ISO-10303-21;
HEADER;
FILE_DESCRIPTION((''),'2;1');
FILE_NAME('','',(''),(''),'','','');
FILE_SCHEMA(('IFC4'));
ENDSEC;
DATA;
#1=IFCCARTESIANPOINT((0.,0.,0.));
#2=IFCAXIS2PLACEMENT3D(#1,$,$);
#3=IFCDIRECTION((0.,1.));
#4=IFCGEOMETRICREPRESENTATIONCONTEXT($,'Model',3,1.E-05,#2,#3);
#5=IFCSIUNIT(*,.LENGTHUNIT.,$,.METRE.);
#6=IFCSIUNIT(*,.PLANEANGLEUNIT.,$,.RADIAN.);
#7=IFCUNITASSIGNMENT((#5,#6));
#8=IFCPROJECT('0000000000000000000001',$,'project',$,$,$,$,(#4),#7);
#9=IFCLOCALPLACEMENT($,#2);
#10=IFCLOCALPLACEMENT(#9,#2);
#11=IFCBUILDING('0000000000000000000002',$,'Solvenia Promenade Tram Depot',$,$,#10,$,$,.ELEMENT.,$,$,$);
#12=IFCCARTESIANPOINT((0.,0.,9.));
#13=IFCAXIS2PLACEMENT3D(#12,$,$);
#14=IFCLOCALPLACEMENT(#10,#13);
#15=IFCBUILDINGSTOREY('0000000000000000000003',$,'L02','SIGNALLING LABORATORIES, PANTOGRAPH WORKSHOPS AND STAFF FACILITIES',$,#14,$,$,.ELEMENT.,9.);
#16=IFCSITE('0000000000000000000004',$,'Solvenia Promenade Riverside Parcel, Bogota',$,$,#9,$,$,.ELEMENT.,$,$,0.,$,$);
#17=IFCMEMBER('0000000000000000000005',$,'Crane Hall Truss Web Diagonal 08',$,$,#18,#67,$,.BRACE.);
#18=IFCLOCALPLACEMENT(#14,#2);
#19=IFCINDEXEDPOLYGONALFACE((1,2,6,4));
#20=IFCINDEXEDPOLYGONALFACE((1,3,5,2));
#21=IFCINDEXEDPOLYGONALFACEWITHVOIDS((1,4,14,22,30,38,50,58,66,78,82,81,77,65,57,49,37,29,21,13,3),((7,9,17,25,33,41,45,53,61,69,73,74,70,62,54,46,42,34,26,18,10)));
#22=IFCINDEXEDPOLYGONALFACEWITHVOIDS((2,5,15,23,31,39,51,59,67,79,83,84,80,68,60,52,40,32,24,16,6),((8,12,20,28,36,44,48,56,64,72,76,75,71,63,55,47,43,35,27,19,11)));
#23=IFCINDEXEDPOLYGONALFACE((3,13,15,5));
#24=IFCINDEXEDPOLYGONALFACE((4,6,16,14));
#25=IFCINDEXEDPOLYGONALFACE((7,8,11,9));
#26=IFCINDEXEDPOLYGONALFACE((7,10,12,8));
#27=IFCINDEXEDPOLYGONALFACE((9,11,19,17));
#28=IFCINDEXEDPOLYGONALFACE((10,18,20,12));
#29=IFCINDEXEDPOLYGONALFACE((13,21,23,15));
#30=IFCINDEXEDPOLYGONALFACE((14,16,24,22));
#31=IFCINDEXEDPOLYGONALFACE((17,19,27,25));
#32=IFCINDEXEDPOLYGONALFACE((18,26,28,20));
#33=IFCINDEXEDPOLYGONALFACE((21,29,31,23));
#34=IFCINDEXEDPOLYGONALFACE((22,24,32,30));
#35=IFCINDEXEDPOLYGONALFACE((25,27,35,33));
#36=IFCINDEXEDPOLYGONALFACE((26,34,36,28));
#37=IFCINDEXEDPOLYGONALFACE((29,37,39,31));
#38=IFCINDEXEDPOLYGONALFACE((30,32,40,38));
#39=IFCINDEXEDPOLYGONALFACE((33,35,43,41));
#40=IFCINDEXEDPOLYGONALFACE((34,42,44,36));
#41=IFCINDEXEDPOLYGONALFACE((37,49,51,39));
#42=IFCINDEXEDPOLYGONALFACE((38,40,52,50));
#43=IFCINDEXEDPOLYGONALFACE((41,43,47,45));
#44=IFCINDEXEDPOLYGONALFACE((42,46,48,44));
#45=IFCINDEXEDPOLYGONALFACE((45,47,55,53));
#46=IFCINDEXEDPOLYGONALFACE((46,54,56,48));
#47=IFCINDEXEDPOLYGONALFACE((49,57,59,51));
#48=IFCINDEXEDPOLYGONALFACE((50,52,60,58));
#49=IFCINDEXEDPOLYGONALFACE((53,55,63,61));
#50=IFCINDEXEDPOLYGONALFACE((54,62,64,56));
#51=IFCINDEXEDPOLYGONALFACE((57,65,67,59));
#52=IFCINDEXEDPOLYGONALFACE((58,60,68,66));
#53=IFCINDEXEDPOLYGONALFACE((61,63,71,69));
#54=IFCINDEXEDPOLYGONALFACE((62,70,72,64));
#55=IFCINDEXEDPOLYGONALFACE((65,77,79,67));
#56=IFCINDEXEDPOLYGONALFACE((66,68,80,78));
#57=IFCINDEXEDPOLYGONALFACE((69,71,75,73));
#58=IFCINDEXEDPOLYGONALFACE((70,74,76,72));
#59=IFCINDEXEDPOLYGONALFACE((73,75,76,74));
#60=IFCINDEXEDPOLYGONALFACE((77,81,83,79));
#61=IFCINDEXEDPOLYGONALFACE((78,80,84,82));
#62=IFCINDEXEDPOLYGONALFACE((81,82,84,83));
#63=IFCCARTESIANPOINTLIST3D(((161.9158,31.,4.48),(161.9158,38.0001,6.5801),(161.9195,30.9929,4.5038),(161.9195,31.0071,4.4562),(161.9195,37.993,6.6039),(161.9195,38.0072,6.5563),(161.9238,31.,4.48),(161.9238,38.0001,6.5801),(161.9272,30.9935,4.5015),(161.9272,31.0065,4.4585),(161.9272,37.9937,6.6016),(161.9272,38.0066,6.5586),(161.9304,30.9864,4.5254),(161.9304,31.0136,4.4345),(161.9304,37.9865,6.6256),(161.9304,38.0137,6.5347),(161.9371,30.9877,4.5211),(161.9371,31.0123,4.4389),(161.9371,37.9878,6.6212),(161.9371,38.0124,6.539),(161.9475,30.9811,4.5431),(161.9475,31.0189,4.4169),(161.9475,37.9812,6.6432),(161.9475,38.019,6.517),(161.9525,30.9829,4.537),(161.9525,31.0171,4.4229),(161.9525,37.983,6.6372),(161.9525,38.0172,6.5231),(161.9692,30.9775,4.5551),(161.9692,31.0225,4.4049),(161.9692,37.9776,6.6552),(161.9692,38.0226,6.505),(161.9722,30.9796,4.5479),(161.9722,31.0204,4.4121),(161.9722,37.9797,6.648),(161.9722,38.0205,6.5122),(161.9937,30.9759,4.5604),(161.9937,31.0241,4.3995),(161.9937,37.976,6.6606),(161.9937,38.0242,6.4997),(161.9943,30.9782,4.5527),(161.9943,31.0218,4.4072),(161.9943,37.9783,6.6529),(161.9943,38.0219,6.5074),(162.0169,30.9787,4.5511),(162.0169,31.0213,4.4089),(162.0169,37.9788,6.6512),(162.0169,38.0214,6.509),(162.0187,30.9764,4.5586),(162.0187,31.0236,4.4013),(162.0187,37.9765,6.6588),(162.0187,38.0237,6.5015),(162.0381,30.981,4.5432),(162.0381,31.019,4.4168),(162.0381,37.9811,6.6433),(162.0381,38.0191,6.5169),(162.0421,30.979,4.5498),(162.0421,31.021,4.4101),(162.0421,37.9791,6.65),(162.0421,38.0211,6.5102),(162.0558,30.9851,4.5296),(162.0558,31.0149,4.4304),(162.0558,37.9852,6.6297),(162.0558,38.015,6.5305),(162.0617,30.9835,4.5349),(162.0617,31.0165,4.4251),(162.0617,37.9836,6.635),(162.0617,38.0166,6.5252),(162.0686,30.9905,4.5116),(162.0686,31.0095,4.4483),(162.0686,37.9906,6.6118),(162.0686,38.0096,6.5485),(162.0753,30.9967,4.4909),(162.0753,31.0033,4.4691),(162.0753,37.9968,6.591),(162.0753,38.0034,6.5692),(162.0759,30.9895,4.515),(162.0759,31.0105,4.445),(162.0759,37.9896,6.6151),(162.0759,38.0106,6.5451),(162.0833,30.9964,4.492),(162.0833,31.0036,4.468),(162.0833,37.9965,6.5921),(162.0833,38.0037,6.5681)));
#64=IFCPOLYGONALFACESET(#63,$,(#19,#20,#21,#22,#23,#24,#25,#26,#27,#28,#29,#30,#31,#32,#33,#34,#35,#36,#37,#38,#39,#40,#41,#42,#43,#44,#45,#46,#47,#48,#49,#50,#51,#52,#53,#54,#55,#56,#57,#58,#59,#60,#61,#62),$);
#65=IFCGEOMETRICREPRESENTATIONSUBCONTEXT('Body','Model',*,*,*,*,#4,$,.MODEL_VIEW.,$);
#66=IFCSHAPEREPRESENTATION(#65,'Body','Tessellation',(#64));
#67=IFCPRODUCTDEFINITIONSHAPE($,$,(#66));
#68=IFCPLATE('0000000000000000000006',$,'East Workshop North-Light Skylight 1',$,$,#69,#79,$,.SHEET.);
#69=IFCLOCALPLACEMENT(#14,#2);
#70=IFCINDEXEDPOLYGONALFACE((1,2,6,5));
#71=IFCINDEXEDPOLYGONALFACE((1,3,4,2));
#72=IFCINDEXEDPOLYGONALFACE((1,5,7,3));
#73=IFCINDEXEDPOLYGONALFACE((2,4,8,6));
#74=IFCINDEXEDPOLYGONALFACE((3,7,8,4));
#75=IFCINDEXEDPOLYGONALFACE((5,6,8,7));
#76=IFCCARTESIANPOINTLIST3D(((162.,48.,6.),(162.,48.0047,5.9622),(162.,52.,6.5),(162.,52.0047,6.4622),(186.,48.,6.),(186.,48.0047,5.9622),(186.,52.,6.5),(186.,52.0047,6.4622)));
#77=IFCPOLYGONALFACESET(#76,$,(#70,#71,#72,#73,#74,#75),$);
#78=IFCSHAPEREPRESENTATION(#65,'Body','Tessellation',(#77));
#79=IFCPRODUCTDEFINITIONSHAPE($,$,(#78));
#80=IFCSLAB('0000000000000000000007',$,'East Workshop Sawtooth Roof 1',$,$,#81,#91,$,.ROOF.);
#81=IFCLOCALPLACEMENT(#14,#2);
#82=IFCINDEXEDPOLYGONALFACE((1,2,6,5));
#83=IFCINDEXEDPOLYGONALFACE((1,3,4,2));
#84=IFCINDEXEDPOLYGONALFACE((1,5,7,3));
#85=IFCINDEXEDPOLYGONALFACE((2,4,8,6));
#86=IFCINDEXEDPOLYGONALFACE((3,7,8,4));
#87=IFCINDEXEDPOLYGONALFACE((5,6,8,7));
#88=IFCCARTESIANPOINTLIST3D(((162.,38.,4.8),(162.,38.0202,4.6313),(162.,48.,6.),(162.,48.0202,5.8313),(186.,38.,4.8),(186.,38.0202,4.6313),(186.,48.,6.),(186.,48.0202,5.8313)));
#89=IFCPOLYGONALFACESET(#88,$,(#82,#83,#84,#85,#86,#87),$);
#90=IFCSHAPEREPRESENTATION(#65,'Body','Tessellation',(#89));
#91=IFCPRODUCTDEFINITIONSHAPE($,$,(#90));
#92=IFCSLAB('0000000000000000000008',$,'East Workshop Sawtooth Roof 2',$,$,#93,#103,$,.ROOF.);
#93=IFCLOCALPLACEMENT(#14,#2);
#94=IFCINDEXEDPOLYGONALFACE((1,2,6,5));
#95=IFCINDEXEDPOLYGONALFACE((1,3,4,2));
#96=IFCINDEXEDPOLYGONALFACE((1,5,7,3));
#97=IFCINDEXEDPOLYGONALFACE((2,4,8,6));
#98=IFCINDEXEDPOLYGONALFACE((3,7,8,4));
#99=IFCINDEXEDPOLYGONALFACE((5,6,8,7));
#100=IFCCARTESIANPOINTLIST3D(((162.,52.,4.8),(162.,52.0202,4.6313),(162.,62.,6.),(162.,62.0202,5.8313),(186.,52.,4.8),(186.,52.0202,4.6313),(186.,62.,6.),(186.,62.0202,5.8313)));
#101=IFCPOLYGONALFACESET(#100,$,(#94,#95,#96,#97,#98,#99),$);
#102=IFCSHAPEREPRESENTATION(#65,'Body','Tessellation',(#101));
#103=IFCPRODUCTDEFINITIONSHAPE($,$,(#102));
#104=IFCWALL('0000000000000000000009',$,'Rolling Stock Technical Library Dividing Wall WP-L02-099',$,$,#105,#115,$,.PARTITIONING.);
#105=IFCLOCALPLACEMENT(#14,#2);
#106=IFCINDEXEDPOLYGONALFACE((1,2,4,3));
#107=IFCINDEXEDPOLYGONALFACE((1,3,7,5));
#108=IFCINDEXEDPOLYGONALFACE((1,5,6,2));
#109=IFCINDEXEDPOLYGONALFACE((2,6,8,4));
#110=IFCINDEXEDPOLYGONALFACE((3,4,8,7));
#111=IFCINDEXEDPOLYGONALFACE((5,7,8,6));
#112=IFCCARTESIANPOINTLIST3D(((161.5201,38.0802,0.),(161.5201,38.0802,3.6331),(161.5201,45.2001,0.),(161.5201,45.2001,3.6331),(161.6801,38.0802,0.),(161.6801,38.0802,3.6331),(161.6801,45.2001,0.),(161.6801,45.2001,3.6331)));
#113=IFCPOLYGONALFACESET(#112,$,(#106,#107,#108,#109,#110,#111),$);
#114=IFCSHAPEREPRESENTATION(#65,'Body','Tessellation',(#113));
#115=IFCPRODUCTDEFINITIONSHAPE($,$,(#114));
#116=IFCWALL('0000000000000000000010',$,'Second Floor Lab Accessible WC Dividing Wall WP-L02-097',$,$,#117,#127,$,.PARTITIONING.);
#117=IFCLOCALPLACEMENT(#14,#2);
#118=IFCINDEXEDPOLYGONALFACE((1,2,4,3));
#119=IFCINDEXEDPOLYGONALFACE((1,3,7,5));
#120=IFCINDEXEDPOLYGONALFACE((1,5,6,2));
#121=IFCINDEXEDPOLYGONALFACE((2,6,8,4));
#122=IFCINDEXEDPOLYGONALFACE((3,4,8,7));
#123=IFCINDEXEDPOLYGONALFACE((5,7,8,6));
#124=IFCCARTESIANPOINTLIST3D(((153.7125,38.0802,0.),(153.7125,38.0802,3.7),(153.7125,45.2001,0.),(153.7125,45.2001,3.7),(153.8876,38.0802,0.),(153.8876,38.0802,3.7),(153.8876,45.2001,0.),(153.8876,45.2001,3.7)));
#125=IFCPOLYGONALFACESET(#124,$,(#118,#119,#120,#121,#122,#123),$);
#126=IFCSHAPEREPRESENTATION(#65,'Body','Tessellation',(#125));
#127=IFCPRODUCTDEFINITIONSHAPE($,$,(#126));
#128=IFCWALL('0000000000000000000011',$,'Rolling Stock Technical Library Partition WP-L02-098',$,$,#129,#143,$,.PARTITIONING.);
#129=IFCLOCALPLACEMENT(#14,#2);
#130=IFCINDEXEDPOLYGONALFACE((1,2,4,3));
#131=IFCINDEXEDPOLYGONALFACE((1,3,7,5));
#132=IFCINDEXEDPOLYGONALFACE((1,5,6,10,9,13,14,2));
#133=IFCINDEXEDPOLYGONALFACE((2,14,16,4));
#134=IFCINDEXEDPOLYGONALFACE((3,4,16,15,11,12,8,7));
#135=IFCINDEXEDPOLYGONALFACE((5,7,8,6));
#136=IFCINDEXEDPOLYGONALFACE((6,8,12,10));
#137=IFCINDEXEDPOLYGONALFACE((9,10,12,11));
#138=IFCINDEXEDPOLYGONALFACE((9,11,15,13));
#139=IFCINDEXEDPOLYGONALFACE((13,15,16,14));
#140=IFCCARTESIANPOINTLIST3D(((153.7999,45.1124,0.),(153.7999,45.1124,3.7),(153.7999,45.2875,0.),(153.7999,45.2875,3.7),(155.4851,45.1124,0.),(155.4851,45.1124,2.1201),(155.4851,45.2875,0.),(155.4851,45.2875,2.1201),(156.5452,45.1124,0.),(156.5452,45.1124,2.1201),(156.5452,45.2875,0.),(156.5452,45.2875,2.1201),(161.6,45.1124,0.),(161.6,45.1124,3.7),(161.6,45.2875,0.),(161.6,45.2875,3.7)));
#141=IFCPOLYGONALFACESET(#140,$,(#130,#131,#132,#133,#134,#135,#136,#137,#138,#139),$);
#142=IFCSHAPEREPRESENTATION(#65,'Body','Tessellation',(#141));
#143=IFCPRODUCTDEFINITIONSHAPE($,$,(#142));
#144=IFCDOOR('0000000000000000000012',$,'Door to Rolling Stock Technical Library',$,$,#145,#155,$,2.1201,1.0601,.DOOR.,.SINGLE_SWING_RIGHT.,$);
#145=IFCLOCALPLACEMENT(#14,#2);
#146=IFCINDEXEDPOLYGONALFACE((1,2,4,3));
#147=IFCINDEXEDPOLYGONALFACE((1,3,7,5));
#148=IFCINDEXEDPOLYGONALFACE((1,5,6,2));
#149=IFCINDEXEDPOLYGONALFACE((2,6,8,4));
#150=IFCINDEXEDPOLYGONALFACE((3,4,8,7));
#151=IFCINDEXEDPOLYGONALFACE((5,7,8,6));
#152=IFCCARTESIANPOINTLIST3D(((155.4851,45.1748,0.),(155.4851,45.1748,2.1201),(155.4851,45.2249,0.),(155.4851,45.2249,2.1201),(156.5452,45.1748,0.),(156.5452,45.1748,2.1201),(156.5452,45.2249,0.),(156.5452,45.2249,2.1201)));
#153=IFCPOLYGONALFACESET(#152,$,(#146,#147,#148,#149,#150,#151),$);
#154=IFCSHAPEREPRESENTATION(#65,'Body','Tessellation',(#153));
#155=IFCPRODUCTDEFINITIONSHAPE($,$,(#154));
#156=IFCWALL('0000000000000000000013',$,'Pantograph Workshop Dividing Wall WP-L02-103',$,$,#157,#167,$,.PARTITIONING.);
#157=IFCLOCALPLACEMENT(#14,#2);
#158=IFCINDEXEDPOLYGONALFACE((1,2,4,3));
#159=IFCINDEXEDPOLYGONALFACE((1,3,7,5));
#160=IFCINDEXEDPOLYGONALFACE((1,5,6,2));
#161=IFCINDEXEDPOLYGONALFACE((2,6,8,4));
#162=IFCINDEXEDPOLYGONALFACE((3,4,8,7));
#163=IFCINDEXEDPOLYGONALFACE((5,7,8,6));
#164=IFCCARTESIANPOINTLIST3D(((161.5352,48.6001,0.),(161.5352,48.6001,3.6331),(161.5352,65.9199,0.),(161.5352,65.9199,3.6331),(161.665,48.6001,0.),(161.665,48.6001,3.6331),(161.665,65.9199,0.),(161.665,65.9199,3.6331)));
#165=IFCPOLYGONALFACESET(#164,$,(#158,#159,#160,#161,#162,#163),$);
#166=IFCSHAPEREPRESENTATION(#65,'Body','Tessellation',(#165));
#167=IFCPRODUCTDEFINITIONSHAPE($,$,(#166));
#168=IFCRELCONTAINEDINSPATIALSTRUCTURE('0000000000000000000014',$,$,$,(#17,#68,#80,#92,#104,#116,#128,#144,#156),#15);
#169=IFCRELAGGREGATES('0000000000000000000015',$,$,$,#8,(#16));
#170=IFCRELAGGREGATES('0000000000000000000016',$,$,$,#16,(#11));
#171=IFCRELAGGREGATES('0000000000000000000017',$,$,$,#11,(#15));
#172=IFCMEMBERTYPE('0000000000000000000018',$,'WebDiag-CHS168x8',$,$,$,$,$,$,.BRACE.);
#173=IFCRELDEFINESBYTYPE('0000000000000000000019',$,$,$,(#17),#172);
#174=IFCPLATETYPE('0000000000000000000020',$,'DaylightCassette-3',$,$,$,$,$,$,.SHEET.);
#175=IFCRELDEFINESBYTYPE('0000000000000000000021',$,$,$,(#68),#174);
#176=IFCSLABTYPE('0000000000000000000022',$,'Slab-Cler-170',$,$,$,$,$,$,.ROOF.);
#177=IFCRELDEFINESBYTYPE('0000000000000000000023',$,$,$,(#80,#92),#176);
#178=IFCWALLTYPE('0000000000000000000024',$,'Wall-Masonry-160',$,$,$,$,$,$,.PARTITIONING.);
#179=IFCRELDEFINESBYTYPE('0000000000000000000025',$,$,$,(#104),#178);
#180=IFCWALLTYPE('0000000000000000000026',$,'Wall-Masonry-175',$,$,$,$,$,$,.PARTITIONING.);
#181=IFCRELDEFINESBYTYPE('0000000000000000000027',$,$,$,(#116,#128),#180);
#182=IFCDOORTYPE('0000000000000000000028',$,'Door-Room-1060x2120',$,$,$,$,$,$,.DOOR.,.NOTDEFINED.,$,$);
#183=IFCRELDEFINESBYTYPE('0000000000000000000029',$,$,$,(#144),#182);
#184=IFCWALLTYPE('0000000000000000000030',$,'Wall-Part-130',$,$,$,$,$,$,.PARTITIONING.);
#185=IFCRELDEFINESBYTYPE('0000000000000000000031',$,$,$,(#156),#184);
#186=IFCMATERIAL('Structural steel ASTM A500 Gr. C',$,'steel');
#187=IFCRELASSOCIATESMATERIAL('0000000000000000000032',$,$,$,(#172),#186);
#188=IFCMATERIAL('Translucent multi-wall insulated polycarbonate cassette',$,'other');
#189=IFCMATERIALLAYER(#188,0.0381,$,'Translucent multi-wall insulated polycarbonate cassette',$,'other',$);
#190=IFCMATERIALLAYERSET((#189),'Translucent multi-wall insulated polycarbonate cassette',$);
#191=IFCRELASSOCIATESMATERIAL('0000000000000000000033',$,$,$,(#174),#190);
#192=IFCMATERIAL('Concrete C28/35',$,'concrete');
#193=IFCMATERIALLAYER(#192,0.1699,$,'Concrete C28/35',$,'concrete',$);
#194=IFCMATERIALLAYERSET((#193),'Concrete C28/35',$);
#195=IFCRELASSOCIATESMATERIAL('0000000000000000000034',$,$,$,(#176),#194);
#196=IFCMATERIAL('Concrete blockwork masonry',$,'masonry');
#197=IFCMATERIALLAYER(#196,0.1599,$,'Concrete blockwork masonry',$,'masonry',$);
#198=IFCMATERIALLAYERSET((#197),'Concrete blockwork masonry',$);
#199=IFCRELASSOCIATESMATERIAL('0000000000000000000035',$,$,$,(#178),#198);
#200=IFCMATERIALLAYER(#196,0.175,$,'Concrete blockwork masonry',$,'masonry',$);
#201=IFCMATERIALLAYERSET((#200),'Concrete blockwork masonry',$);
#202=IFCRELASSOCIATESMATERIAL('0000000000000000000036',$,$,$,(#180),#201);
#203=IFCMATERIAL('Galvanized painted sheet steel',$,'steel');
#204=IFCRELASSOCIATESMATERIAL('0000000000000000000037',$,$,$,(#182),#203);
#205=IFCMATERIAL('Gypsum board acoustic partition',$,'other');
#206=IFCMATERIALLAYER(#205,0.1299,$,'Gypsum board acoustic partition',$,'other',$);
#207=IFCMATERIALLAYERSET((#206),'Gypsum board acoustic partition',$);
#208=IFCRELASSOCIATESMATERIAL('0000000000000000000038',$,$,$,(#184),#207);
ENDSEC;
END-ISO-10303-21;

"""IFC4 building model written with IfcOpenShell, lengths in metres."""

from ifc_helpers import new_model, si_unit, direction, frame, frame_2d, origin, origin_2d, place, context, subcontext, project, spatial, polyline, rectangle, hollow_circle, outline, extrude, material, layer, layer_set, material_profile, profile_set, type_object, element, fill, save


model = new_model("IFC4")

# Units and contexts
model_context = context("Model", 3, precision=1e-05, world=origin(), true_north=direction((0.0, 1.0)))
body_context = subcontext(model_context, "Body", "Model", "MODEL_VIEW")
ifc_project = project(units=[si_unit("LENGTHUNIT", "METRE"), si_unit("PLANEANGLEUNIT", "RADIAN")], contexts=[model_context])

# Site, building, storey
site_placement = place(None, origin())
site = spatial("IfcSite", under=ifc_project, at=site_placement, Name="Solvenia Promenade Riverside Parcel, Bogota", CompositionType="ELEMENT", RefElevation=0.0)
building_placement = place(site_placement, origin())
building = spatial("IfcBuilding", under=site, at=building_placement, Name="Solvenia Promenade Tram Depot", CompositionType="ELEMENT")
storey_placement = place(building_placement, frame((0.0, 0.0, 9.0)))
storey = spatial("IfcBuildingStorey", under=building, at=storey_placement, Name="L02", Description="SIGNALLING LABORATORIES, PANTOGRAPH WORKSHOPS AND STAFF FACILITIES", CompositionType="ELEMENT", Elevation=9.0)

# Shared definitions
ifc_material_1 = material(Name="Structural steel ASTM A500 Gr. C", Category="steel")

# Member
ifc_material_profile_1 = material_profile(ifc_material_1, hollow_circle(Radius=0.0842, WallThickness=0.0081, at=origin_2d()), Name="CHS168.3x8", Category="steel")
ifc_profile_set_1 = profile_set([ifc_material_profile_1], Name="Structural steel ASTM A500 Gr. C")
member_type_1 = type_object("IfcMemberType", Name="WebDiag-CHS168x8", PredefinedType="BRACE", material=ifc_profile_set_1)
member_1_placement = place(storey_placement, frame((162.0, 31.0, 4.48), z_axis=(0.0, 0.957823, 0.28736), x_axis=(-1.0, 0.0, 0.0)))
element("IfcMember", 1, at=member_1_placement, inside=storey, type_object=member_type_1, Name="Crane Hall Truss Web Diagonal 08", PredefinedType="BRACE", context=body_context, shape_type="SweptSolid", body=[
    extrude(hollow_circle(Radius=0.0842, WallThickness=0.0081, at=origin_2d()), origin(), (0.0, 0.0, 1.0), 7.3083),
])

# Plate
ifc_material_2 = material(Name="Translucent multi-wall insulated polycarbonate cassette", Category="other")
ifc_layer_1 = layer(ifc_material_2, 0.0381, Name="Translucent multi-wall insulated polycarbonate cassette", Category="other")
ifc_layer_set_1 = layer_set([ifc_layer_1], Name="Translucent multi-wall insulated polycarbonate cassette")
plate_type = type_object("IfcPlateType", Name="DaylightCassette-3", PredefinedType="SHEET", material=ifc_layer_set_1)
plate_placement = place(storey_placement, frame((162.0, 48.0, 6.0), z_axis=(0.0, -0.124035, 0.992278), x_axis=(1.0, 0.0, 0.0)))
element("IfcPlate", 2, at=plate_placement, inside=storey, type_object=plate_type, Name="East Workshop North-Light Skylight 1", PredefinedType="SHEET", context=body_context, shape_type="SweptSolid", body=[
    extrude(outline(polyline([(0.0, 0.0), (24.0, 0.0), (24.0, 4.0311), (0.0, 4.0311), (0.0, 0.0)])), origin(), (0.0, 0.0, -1.0), 0.0381),
])

# Slabs
ifc_material_3 = material(Name="Concrete C28/35", Category="concrete")
ifc_layer_2 = layer(ifc_material_3, 0.1699, Name="Concrete C28/35", Category="concrete")
ifc_layer_set_2 = layer_set([ifc_layer_2], Name="Concrete C28/35")
slab_type = type_object("IfcSlabType", Name="Slab-Cler-170", PredefinedType="ROOF", material=ifc_layer_set_2)
for number, where, z_axis, x_axis, name in (
    (3, (162.0, 38.0, 4.8), (0.0, -0.11914, 0.992877), (1.0, 0.0, 0.0), "East Workshop Sawtooth Roof 1"),
    (4, (162.0, 52.0, 4.8), (0.0, -0.11914, 0.992877), (1.0, 0.0, 0.0), "East Workshop Sawtooth Roof 2"),
):
    element("IfcSlab", number, at=place(storey_placement, frame(where, z_axis=z_axis, x_axis=x_axis)), inside=storey, type_object=slab_type, Name=name, PredefinedType="ROOF", context=body_context, shape_type="SweptSolid", body=[
        extrude(outline(polyline([(0.0, 0.0), (24.0, 0.0), (24.0, 10.0717), (0.0, 10.0717), (0.0, 0.0)])), origin(), (0.0, 0.0, -1.0), 0.1699),
    ])

# Walls
ifc_material_4 = material(Name="Concrete blockwork masonry", Category="masonry")
ifc_layer_3 = layer(ifc_material_4, 0.1599, Name="Concrete blockwork masonry", Category="masonry")
ifc_layer_set_3 = layer_set([ifc_layer_3], Name="Concrete blockwork masonry")
wall_type_1 = type_object("IfcWallType", Name="Wall-Masonry-160", PredefinedType="PARTITIONING", material=ifc_layer_set_3)
wall_1_placement = place(storey_placement, frame((161.6001, 38.0801, 0.0), z_axis=(0.0, 0.0, 1.0), x_axis=(0.0, 1.0, 0.0)))
element("IfcWall", 5, at=wall_1_placement, inside=storey, type_object=wall_type_1, Name="Rolling Stock Technical Library Dividing Wall WP-L02-099", PredefinedType="PARTITIONING", context=body_context, shape_type="SweptSolid", body=[
    extrude(rectangle(XDim=7.1199, YDim=0.1599, at=frame_2d((3.5601, 0.0))), origin(), (0.0, 0.0, 1.0), 3.6331),
])
ifc_layer_4 = layer(ifc_material_4, 0.175, Name="Concrete blockwork masonry", Category="masonry")
ifc_layer_set_4 = layer_set([ifc_layer_4], Name="Concrete blockwork masonry")
wall_type_2 = type_object("IfcWallType", Name="Wall-Masonry-175", PredefinedType="PARTITIONING", material=ifc_layer_set_4)
wall_2_placement = place(storey_placement, frame((153.8, 38.0801, 0.0), z_axis=(0.0, 0.0, 1.0), x_axis=(0.0, 1.0, 0.0)))
element("IfcWall", 6, at=wall_2_placement, inside=storey, type_object=wall_type_2, Name="Second Floor Lab Accessible WC Dividing Wall WP-L02-097", PredefinedType="PARTITIONING", context=body_context, shape_type="SweptSolid", body=[
    extrude(rectangle(XDim=7.1199, YDim=0.175, at=frame_2d((3.5601, 0.0))), origin(), (0.0, 0.0, 1.0), 3.7),
])

# Wall, opening, door
wall_3_placement = place(storey_placement, frame((153.8, 45.2, 0.0), z_axis=(0.0, 0.0, 1.0), x_axis=(1.0, 0.0, 0.0)))
wall_3 = element("IfcWall", 7, at=wall_3_placement, inside=storey, type_object=wall_type_2, Name="Rolling Stock Technical Library Partition WP-L02-098", PredefinedType="PARTITIONING", context=body_context, shape_type="SweptSolid", body=[
    extrude(rectangle(XDim=7.8, YDim=0.175, at=frame_2d((3.8999, 0.0))), origin(), (0.0, 0.0, 1.0), 3.7),
])
opening_placement = place(wall_3_placement, frame((1.6851, 0.0, 0.0)))
opening = element("IfcOpeningElement", 8, at=opening_placement, cuts=wall_3, PredefinedType="OPENING", context=body_context, shape_type="SweptSolid", body=[
    extrude(rectangle(XDim=1.0601, YDim=2.1201, at=frame_2d((0.53, 1.0601))), frame((0.0, 0.0974, 0.0), z_axis=(0.0, -1.0, 0.0), x_axis=(1.0, 0.0, 0.0)), (0.0, 0.0, 1.0), 0.1951),
])
ifc_material_5 = material(Name="Galvanized painted sheet steel", Category="steel")
door_type = type_object("IfcDoorType", Name="Door-Room-1060x2120", OperationType="NOTDEFINED", PredefinedType="DOOR", material=ifc_material_5)
door_placement = place(opening_placement, origin())
door = element("IfcDoor", 9, at=door_placement, inside=storey, type_object=door_type, Name="Door to Rolling Stock Technical Library", OperationType="SINGLE_SWING_RIGHT", OverallHeight=2.1201, OverallWidth=1.0601, PredefinedType="DOOR", context=body_context, shape_type="SweptSolid", body=[
    extrude(rectangle(XDim=1.0601, YDim=2.1201, at=frame_2d((0.53, 1.0601))), frame((0.0, 0.0249, 0.0), z_axis=(0.0, -1.0, 0.0), x_axis=(1.0, 0.0, 0.0)), (0.0, 0.0, 1.0), 0.05),
])
fill(opening, door)

# Wall
ifc_material_6 = material(Name="Gypsum board acoustic partition", Category="other")
ifc_layer_5 = layer(ifc_material_6, 0.1299, Name="Gypsum board acoustic partition", Category="other")
ifc_layer_set_5 = layer_set([ifc_layer_5], Name="Gypsum board acoustic partition")
wall_type_3 = type_object("IfcWallType", Name="Wall-Part-130", PredefinedType="PARTITIONING", material=ifc_layer_set_5)
wall_4_placement = place(storey_placement, frame((161.6001, 48.6001, 0.0), z_axis=(0.0, 0.0, 1.0), x_axis=(0.0, 1.0, 0.0)))
element("IfcWall", 10, at=wall_4_placement, inside=storey, type_object=wall_type_3, Name="Pantograph Workshop Dividing Wall WP-L02-103", PredefinedType="PARTITIONING", context=body_context, shape_type="SweptSolid", body=[
    extrude(rectangle(XDim=17.3198, YDim=0.1299, at=frame_2d((8.6599, 0.0))), origin(), (0.0, 0.0, 1.0), 3.6331),
])

save(model, "model.ifc")
